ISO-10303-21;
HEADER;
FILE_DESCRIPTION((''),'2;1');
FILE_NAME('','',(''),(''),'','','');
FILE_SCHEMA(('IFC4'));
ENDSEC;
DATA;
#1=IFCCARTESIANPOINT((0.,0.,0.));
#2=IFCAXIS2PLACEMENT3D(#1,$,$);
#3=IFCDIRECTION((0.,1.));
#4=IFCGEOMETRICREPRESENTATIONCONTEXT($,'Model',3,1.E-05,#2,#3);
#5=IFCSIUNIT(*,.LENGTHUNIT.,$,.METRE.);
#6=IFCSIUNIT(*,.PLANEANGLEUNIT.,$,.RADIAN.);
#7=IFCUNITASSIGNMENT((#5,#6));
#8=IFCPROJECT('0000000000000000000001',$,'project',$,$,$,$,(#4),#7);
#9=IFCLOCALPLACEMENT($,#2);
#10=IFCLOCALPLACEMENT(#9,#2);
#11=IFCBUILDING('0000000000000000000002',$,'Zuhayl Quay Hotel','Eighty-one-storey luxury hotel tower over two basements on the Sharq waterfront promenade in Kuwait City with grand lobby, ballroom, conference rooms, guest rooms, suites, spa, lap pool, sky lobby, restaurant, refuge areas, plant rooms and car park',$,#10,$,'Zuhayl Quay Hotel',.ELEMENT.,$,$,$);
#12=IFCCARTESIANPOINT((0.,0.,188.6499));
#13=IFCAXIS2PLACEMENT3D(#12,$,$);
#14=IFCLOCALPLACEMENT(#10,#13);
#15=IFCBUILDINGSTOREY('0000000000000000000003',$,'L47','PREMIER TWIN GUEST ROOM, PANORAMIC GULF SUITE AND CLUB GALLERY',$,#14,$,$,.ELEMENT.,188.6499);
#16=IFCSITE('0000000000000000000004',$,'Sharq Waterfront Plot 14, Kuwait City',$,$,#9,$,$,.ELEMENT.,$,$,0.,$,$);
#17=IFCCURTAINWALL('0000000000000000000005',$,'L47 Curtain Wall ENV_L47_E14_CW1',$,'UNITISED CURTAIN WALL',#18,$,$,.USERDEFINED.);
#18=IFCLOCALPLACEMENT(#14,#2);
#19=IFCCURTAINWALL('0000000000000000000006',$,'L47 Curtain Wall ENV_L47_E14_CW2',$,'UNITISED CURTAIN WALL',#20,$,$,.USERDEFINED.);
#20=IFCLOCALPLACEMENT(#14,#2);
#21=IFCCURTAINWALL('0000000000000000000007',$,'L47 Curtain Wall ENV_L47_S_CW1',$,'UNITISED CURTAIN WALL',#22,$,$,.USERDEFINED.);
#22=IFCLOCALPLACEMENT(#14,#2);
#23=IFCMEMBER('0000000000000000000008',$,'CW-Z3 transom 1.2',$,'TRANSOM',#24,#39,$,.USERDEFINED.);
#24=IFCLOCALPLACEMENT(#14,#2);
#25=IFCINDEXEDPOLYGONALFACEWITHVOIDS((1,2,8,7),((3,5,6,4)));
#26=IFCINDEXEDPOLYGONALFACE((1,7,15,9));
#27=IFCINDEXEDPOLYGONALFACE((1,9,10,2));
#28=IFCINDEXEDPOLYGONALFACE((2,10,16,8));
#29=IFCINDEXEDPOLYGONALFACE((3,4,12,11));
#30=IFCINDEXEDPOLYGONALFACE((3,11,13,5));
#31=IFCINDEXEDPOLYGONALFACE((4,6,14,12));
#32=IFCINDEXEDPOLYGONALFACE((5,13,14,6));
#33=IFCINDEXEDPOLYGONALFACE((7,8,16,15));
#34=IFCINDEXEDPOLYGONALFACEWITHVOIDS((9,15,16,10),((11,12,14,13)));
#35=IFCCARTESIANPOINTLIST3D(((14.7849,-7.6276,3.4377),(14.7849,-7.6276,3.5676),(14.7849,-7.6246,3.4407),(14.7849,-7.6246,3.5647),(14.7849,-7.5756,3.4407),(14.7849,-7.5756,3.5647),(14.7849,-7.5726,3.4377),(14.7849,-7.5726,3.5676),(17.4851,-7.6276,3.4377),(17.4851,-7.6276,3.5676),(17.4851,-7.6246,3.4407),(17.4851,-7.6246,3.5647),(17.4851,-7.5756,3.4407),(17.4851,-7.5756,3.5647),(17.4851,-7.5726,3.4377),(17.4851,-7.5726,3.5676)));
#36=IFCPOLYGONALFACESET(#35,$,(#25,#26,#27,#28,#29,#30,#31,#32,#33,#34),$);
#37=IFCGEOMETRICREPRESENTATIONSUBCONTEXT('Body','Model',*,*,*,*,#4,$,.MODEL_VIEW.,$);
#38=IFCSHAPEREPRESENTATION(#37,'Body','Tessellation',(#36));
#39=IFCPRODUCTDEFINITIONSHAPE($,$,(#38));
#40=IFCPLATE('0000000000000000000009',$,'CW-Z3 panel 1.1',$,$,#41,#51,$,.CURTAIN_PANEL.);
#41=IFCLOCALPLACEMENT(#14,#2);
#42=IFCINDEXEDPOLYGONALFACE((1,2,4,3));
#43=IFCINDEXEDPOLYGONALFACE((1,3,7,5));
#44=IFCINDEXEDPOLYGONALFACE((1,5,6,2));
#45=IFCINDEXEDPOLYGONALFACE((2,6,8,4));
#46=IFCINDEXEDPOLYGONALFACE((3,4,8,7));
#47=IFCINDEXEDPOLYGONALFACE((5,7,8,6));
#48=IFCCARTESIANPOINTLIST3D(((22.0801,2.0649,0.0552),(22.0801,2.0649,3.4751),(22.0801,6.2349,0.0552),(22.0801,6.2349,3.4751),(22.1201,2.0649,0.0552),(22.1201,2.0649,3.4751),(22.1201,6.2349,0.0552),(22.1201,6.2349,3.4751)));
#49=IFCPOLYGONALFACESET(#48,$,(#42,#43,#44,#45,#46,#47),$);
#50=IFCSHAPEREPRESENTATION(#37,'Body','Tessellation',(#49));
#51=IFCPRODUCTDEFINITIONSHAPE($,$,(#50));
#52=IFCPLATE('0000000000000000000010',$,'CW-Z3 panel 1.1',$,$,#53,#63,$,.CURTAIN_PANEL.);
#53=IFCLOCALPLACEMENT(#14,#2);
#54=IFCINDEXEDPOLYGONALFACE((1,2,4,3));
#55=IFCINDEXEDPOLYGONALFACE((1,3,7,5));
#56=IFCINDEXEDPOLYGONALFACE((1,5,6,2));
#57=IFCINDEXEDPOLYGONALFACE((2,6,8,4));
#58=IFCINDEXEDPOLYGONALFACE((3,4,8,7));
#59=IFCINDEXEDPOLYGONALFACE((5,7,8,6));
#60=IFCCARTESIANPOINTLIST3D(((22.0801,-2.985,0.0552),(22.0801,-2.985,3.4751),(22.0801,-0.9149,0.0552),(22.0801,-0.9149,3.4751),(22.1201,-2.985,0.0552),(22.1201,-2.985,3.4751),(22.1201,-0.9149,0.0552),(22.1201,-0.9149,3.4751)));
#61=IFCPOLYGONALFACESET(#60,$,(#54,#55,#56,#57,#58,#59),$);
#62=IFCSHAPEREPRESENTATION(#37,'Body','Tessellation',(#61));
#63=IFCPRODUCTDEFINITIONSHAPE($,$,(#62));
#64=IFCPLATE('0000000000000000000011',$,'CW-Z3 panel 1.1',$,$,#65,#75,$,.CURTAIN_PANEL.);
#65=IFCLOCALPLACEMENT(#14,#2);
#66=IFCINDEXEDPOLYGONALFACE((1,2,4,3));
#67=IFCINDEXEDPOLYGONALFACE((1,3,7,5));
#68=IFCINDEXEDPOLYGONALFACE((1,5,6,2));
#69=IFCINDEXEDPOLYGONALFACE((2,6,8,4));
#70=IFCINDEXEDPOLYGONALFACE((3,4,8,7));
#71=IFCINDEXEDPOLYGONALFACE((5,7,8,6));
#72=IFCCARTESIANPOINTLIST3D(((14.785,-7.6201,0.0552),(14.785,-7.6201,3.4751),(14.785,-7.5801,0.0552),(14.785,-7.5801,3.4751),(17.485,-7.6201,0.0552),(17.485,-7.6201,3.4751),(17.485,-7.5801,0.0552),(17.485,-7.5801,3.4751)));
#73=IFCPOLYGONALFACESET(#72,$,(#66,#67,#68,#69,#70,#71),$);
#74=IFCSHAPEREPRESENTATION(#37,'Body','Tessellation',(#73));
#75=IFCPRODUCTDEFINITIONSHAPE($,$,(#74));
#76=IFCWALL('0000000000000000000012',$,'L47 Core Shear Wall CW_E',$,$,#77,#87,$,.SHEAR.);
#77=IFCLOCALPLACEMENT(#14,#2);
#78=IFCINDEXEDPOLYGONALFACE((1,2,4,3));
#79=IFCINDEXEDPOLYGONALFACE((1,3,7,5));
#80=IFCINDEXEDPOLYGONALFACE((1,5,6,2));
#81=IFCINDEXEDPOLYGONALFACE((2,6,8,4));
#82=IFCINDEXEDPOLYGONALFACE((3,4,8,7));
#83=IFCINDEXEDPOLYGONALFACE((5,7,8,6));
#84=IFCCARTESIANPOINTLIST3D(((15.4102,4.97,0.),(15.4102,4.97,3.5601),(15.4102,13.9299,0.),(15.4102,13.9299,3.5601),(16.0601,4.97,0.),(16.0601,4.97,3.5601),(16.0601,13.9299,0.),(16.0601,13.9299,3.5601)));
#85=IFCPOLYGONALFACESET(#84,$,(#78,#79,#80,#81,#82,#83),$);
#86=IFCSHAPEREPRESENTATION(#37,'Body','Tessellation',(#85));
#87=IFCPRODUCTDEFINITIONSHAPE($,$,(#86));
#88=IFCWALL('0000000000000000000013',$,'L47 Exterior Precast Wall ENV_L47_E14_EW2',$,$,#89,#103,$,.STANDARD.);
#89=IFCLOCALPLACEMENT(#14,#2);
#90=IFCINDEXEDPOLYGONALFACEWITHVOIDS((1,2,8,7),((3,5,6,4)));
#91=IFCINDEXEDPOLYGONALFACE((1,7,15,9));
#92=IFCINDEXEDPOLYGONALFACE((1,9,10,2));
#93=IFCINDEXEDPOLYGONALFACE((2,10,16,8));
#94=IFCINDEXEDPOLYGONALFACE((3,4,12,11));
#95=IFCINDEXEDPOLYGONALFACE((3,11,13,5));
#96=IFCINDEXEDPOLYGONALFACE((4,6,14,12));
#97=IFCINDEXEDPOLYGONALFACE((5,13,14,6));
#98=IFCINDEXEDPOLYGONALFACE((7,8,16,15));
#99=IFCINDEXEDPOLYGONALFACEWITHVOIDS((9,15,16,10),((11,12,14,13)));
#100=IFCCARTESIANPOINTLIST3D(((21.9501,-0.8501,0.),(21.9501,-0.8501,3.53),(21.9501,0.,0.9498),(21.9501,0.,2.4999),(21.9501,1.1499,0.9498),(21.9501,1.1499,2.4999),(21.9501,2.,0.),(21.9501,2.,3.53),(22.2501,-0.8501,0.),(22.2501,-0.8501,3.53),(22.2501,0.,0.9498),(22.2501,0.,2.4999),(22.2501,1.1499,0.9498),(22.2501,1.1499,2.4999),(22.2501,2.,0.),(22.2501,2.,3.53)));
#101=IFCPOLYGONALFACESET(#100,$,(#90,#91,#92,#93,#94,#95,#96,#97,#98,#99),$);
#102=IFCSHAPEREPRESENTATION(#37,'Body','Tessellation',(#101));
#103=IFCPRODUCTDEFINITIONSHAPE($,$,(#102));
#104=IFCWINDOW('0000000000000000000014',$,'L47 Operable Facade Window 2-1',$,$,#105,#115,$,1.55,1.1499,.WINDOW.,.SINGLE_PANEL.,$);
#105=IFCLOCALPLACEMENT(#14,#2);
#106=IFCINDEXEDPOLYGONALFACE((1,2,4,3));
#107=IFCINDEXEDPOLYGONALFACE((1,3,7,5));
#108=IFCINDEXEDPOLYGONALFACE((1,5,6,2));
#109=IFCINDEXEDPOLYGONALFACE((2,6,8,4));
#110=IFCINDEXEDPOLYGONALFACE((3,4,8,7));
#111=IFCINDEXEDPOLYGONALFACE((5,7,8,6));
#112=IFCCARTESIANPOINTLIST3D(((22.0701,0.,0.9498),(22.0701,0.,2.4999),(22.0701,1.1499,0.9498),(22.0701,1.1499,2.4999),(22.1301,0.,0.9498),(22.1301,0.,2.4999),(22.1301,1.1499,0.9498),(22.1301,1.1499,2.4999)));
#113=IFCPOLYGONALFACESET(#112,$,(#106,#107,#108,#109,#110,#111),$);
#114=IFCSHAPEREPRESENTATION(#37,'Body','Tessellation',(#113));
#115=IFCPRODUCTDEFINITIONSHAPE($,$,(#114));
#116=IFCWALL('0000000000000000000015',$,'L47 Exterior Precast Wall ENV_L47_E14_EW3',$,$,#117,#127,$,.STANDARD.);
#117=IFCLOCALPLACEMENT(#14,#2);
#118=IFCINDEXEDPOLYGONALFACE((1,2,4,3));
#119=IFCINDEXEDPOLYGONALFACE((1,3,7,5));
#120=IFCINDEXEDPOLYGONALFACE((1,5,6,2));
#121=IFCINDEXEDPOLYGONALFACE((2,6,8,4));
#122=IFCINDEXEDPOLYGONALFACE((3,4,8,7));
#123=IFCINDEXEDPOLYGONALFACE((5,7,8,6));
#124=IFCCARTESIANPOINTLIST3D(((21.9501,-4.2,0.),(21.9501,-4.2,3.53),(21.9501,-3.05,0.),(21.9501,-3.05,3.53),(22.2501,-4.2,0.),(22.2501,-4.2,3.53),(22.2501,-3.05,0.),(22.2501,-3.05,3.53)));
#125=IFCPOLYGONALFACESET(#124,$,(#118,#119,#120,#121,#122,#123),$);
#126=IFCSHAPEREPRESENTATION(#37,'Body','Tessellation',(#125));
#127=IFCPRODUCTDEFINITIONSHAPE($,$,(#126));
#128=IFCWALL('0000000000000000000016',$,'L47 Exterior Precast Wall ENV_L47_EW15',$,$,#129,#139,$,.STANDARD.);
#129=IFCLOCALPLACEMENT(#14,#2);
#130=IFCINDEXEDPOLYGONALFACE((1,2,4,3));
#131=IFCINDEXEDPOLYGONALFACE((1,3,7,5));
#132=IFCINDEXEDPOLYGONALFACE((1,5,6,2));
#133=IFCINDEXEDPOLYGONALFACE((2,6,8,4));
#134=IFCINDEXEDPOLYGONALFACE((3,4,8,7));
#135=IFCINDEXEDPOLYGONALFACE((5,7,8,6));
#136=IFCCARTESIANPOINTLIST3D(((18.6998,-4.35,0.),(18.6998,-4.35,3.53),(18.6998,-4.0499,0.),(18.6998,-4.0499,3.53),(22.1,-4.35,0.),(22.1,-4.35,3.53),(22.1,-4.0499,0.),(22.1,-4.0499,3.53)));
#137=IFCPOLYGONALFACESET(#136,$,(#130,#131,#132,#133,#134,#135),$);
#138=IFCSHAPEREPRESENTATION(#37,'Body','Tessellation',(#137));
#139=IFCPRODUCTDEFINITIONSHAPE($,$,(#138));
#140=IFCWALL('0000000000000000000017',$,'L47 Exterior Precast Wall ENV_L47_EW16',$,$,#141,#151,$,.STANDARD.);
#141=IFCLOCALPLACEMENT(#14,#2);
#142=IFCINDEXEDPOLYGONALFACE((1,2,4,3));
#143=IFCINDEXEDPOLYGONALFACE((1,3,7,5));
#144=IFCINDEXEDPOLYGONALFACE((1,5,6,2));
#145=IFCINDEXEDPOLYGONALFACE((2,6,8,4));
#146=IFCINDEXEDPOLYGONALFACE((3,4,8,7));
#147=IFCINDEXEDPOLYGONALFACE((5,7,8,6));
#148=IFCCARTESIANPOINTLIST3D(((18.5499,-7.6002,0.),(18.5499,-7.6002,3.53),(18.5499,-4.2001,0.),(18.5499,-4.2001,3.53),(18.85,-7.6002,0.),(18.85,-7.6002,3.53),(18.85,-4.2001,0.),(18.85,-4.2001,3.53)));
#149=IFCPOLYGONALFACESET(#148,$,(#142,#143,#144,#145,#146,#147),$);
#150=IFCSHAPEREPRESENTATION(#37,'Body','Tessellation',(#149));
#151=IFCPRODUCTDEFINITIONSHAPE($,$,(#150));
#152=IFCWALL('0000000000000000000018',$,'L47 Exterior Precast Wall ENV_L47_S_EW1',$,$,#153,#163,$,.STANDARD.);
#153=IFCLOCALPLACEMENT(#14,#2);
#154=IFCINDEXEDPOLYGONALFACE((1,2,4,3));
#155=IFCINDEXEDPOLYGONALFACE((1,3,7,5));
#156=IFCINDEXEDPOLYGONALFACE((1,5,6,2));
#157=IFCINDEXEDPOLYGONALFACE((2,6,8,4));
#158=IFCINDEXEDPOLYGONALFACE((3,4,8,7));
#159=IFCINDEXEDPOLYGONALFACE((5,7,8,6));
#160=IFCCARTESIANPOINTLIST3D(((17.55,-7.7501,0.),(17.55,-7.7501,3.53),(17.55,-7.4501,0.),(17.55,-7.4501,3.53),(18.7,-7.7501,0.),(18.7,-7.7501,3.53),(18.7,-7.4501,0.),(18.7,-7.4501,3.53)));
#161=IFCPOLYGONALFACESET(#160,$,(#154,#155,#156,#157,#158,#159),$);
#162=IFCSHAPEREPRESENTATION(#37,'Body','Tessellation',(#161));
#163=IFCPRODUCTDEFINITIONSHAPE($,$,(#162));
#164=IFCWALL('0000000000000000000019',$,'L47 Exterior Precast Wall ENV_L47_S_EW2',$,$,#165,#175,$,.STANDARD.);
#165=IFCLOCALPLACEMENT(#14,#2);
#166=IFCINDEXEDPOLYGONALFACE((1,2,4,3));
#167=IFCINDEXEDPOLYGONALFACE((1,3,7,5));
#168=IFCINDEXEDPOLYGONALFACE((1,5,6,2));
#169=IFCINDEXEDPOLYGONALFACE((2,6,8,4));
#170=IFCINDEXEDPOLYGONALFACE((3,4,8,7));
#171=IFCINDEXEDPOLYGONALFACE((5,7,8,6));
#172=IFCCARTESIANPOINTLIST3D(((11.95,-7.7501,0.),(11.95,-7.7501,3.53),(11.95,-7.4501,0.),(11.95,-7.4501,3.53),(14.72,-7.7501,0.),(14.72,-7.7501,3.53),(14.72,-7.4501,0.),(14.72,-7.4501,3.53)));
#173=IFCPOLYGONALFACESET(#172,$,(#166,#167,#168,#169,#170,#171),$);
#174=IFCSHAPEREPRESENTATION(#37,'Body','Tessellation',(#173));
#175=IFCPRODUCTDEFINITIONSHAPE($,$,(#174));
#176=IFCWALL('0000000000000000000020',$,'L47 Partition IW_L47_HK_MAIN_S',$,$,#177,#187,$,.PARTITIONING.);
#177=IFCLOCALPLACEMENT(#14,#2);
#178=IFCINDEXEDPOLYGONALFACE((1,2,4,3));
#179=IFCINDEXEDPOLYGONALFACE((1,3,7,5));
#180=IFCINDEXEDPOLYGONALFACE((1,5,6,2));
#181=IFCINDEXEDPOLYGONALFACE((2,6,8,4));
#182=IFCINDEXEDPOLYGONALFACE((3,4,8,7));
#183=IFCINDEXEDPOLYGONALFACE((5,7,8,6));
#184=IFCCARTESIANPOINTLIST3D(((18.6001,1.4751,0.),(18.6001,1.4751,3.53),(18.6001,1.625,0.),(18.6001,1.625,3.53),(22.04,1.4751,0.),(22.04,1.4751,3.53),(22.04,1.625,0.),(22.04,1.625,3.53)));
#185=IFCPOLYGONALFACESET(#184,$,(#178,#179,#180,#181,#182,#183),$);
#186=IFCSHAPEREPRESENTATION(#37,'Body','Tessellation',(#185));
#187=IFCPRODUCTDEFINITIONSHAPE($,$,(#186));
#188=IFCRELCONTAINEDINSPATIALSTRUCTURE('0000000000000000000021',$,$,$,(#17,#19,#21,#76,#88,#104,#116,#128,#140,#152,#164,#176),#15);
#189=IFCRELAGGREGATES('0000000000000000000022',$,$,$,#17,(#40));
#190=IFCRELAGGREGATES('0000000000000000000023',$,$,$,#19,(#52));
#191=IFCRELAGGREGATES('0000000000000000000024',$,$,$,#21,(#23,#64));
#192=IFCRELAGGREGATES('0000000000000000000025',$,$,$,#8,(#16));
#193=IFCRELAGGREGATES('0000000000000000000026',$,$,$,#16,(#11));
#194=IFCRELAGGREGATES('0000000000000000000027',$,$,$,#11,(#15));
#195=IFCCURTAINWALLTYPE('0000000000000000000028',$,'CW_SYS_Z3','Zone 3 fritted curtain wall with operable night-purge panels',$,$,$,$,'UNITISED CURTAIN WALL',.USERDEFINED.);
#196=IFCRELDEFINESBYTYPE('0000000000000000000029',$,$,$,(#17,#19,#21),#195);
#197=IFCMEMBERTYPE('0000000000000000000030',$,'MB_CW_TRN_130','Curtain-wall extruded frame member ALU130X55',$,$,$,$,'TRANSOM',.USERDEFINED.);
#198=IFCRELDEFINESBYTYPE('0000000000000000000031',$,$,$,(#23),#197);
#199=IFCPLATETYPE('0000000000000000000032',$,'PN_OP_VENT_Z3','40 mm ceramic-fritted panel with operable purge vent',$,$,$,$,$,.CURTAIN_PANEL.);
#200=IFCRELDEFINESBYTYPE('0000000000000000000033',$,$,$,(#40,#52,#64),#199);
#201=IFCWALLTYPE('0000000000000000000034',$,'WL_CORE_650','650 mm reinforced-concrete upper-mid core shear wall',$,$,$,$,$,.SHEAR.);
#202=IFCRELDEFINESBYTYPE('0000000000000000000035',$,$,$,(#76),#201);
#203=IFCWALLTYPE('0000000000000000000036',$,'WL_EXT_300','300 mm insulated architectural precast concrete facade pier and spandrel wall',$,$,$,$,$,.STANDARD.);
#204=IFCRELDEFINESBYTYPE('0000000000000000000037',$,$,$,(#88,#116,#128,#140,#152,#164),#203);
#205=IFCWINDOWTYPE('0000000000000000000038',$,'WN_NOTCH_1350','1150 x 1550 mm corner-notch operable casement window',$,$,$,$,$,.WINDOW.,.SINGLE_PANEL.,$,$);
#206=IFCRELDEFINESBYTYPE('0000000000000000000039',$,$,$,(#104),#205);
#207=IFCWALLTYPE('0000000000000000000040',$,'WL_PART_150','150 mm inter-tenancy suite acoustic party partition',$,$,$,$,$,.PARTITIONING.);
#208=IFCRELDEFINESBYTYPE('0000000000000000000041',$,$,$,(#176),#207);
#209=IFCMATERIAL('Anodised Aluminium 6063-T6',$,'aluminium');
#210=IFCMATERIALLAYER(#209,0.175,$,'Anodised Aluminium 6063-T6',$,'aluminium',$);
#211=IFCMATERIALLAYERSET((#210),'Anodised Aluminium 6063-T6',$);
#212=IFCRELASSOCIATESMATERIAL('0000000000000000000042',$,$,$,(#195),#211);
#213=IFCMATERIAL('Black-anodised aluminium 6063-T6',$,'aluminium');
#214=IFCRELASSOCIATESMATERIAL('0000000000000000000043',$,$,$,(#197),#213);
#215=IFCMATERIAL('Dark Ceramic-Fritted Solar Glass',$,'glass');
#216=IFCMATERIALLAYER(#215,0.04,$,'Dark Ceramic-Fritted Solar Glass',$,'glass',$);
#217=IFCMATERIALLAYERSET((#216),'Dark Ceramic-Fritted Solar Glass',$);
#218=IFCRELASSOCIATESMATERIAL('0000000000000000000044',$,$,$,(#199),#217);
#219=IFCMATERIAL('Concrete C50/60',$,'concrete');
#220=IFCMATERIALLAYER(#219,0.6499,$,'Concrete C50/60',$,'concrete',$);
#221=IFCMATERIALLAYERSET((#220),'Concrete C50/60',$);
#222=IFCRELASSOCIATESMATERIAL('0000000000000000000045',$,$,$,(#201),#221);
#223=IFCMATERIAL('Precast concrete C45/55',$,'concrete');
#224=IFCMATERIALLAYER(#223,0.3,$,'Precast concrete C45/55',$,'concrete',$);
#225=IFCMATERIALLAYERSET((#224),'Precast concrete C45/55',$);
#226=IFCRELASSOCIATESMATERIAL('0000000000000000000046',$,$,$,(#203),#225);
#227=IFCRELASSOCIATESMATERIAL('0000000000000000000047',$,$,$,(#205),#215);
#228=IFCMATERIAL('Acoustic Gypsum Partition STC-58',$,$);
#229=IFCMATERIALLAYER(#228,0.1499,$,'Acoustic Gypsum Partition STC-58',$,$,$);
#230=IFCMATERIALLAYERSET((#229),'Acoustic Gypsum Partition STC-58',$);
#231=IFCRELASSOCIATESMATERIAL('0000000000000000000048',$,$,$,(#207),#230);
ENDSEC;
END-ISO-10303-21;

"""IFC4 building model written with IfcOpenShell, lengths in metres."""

from ifc_helpers import new_model, si_unit, direction, frame, frame_2d, origin, origin_2d, place, context, subcontext, project, spatial, rectangle, hollow_rectangle, extrude, material, layer, layer_set, material_profile, profile_set, type_object, element, fill, aggregate, save


model = new_model("IFC4")

# Units and contexts
model_context = context("Model", 3, precision=1e-05, world=origin(), true_north=direction((0.0, 1.0)))
body_context = subcontext(model_context, "Body", "Model", "MODEL_VIEW")
ifc_project = project(units=[si_unit("LENGTHUNIT", "METRE"), si_unit("PLANEANGLEUNIT", "RADIAN")], contexts=[model_context])

# Site, building, storey
site_placement = place(None, origin())
site = spatial("IfcSite", under=ifc_project, at=site_placement, Name="Sharq Waterfront Plot 14, Kuwait City", CompositionType="ELEMENT", RefElevation=0.0)
building_placement = place(site_placement, origin())
building = spatial("IfcBuilding", under=site, at=building_placement, Name="Zuhayl Quay Hotel", Description="Eighty-one-storey luxury hotel tower over two basements on the Sharq waterfront promenade in Kuwait City with grand lobby, ballroom, conference rooms, guest rooms, suites, spa, lap pool, sky lobby, restaurant, refuge areas, plant rooms and car park", LongName="Zuhayl Quay Hotel", CompositionType="ELEMENT")
storey_placement = place(building_placement, frame((0.0, 0.0, 188.6499)))
storey = spatial("IfcBuildingStorey", under=building, at=storey_placement, Name="L47", Description="PREMIER TWIN GUEST ROOM, PANORAMIC GULF SUITE AND CLUB GALLERY", CompositionType="ELEMENT", Elevation=188.6499)

# Curtain walls
ifc_material_1 = material(Name="Anodised Aluminium 6063-T6", Category="aluminium")
ifc_layer_1 = layer(ifc_material_1, 0.175, Name="Anodised Aluminium 6063-T6", Category="aluminium")
ifc_layer_set_1 = layer_set([ifc_layer_1], Name="Anodised Aluminium 6063-T6")
curtain_wall_type = type_object("IfcCurtainWallType", Name="CW_SYS_Z3", Description="Zone 3 fritted curtain wall with operable night-purge panels", ElementType="UNITISED CURTAIN WALL", PredefinedType="USERDEFINED", material=ifc_layer_set_1)
curtain_wall_1_placement = place(storey_placement, origin())
curtain_wall_1 = element("IfcCurtainWall", 1, at=curtain_wall_1_placement, inside=storey, type_object=curtain_wall_type, Name="L47 Curtain Wall ENV_L47_E14_CW1", ObjectType="UNITISED CURTAIN WALL", PredefinedType="USERDEFINED")
ifc_material_2 = material(Name="Black-anodised aluminium 6063-T6", Category="aluminium")
curtain_wall_2_placement = place(storey_placement, origin())
curtain_wall_2 = element("IfcCurtainWall", 2, at=curtain_wall_2_placement, inside=storey, type_object=curtain_wall_type, Name="L47 Curtain Wall ENV_L47_E14_CW2", ObjectType="UNITISED CURTAIN WALL", PredefinedType="USERDEFINED")
curtain_wall_3_placement = place(storey_placement, origin())
curtain_wall_3 = element("IfcCurtainWall", 3, at=curtain_wall_3_placement, inside=storey, type_object=curtain_wall_type, Name="L47 Curtain Wall ENV_L47_S_CW1", ObjectType="UNITISED CURTAIN WALL", PredefinedType="USERDEFINED")

# Member
ifc_material_profile_1 = material_profile(ifc_material_2, hollow_rectangle(XDim=0.0549, YDim=0.1299, WallThickness=0.0029, at=origin_2d()), Name="ALU130X55")
ifc_profile_set_1 = profile_set([ifc_material_profile_1], Name="Black-anodised aluminium 6063-T6")
member_type_1 = type_object("IfcMemberType", Name="MB_CW_TRN_130", Description="Curtain-wall extruded frame member ALU130X55", ElementType="TRANSOM", PredefinedType="USERDEFINED", material=ifc_profile_set_1)
member_1_placement = place(storey_placement, frame((17.4851, -7.6001, 3.5027), z_axis=(-1.0, 0.0, 0.0), x_axis=(0.0, -1.0, 0.0)))
member_1 = element("IfcMember", 4, at=member_1_placement, type_object=member_type_1, Name="CW-Z3 transom 1.2", ObjectType="TRANSOM", PredefinedType="USERDEFINED", context=body_context, shape_type="SweptSolid", body=[
    extrude(hollow_rectangle(XDim=0.0549, YDim=0.1299, WallThickness=0.0029, at=origin_2d()), origin(), (0.0, 0.0, 1.0), 2.7002),
])

# Plates
ifc_material_3 = material(Name="Dark Ceramic-Fritted Solar Glass", Category="glass")
ifc_layer_2 = layer(ifc_material_3, 0.04, Name="Dark Ceramic-Fritted Solar Glass", Category="glass")
ifc_layer_set_2 = layer_set([ifc_layer_2], Name="Dark Ceramic-Fritted Solar Glass")
plate_type = type_object("IfcPlateType", Name="PN_OP_VENT_Z3", Description="40 mm ceramic-fritted panel with operable purge vent", PredefinedType="CURTAIN_PANEL", material=ifc_layer_set_2)
plate_1_placement = place(storey_placement, frame((22.1001, 4.1499, 0.0552), z_axis=(0.0, 0.0, 1.0), x_axis=(0.0, -1.0, 0.0)))
plate_1 = element("IfcPlate", 5, at=plate_1_placement, type_object=plate_type, Name="CW-Z3 panel 1.1", PredefinedType="CURTAIN_PANEL", context=body_context, shape_type="SweptSolid", body=[
    extrude(rectangle(XDim=4.1699, YDim=0.04, at=origin_2d()), origin(), (0.0, 0.0, 1.0), 3.4199),
])
aggregate(curtain_wall_1, [plate_1])
plate_2_placement = place(storey_placement, frame((22.1001, -1.95, 0.0552), z_axis=(0.0, 0.0, 1.0), x_axis=(0.0, -1.0, 0.0)))
plate_2 = element("IfcPlate", 6, at=plate_2_placement, type_object=plate_type, Name="CW-Z3 panel 1.1", PredefinedType="CURTAIN_PANEL", context=body_context, shape_type="SweptSolid", body=[
    extrude(rectangle(XDim=2.0701, YDim=0.04, at=origin_2d()), origin(), (0.0, 0.0, 1.0), 3.4199),
])
aggregate(curtain_wall_2, [plate_2])
plate_3_placement = place(storey_placement, frame((16.135, -7.6001, 0.0552), z_axis=(0.0, 0.0, 1.0), x_axis=(-1.0, 0.0, 0.0)))
plate_3 = element("IfcPlate", 7, at=plate_3_placement, type_object=plate_type, Name="CW-Z3 panel 1.1", PredefinedType="CURTAIN_PANEL", context=body_context, shape_type="SweptSolid", body=[
    extrude(rectangle(XDim=2.7, YDim=0.04, at=origin_2d()), origin(), (0.0, 0.0, 1.0), 3.4199),
])
aggregate(curtain_wall_3, [member_1, plate_3])

# Wall
ifc_material_4 = material(Name="Concrete C50/60", Category="concrete")
ifc_layer_3 = layer(ifc_material_4, 0.6499, Name="Concrete C50/60", Category="concrete")
ifc_layer_set_3 = layer_set([ifc_layer_3], Name="Concrete C50/60")
wall_type_1 = type_object("IfcWallType", Name="WL_CORE_650", Description="650 mm reinforced-concrete upper-mid core shear wall", PredefinedType="SHEAR", material=ifc_layer_set_3)
wall_1_placement = place(storey_placement, frame((15.7351, 4.97, 0.0), z_axis=(0.0, 0.0, 1.0), x_axis=(0.0, 1.0, 0.0)))
element("IfcWall", 8, at=wall_1_placement, inside=storey, type_object=wall_type_1, Name="L47 Core Shear Wall CW_E", PredefinedType="SHEAR", context=body_context, shape_type="SweptSolid", body=[
    extrude(rectangle(XDim=8.96, YDim=0.6499, at=frame_2d((4.48, 0.0))), origin(), (0.0, 0.0, 1.0), 3.5601),
])

# Wall, opening, window
ifc_material_5 = material(Name="Precast concrete C45/55", Category="concrete")
ifc_layer_4 = layer(ifc_material_5, 0.3, Name="Precast concrete C45/55", Category="concrete")
ifc_layer_set_4 = layer_set([ifc_layer_4], Name="Precast concrete C45/55")
wall_type_2 = type_object("IfcWallType", Name="WL_EXT_300", Description="300 mm insulated architectural precast concrete facade pier and spandrel wall", PredefinedType="STANDARD", material=ifc_layer_set_4)
wall_2_placement = place(storey_placement, frame((22.1001, 2.0, 0.0), z_axis=(0.0, 0.0, 1.0), x_axis=(0.0, -1.0, 0.0)))
wall_2 = element("IfcWall", 9, at=wall_2_placement, inside=storey, type_object=wall_type_2, Name="L47 Exterior Precast Wall ENV_L47_E14_EW2", PredefinedType="STANDARD", context=body_context, shape_type="SweptSolid", body=[
    extrude(rectangle(XDim=2.8501, YDim=0.3, at=frame_2d((1.425, 0.0))), origin(), (0.0, 0.0, 1.0), 3.53),
])
opening_1_placement = place(wall_2_placement, frame((0.8501, 0.0, 0.95)))
opening_1 = element("IfcOpeningElement", 10, at=opening_1_placement, cuts=wall_2, PredefinedType="OPENING", context=body_context, shape_type="SweptSolid", body=[
    extrude(rectangle(XDim=1.1499, YDim=1.55, at=frame_2d((0.575, 0.7749))), frame((0.0, 0.1599, 0.0), z_axis=(0.0, -1.0, 0.0), x_axis=(1.0, 0.0, 0.0)), (0.0, 0.0, 1.0), 0.3201),
])
window_type = type_object("IfcWindowType", Name="WN_NOTCH_1350", Description="1150 x 1550 mm corner-notch operable casement window", PartitioningType="SINGLE_PANEL", PredefinedType="WINDOW", material=ifc_material_3)
window_placement = place(opening_1_placement, origin())
window = element("IfcWindow", 11, at=window_placement, inside=storey, type_object=window_type, Name="L47 Operable Facade Window 2-1", OverallHeight=1.55, OverallWidth=1.1499, PartitioningType="SINGLE_PANEL", PredefinedType="WINDOW", context=body_context, shape_type="SweptSolid", body=[
    extrude(rectangle(XDim=1.1499, YDim=1.55, at=frame_2d((0.575, 0.7749))), frame((0.0, 0.03, 0.0), z_axis=(0.0, -1.0, 0.0), x_axis=(1.0, 0.0, 0.0)), (0.0, 0.0, 1.0), 0.0601),
])
fill(opening_1, window)

# Walls
wall_3_placement = place(storey_placement, frame((22.1001, -3.05, 0.0), z_axis=(0.0, 0.0, 1.0), x_axis=(0.0, -1.0, 0.0)))
element("IfcWall", 12, at=wall_3_placement, inside=storey, type_object=wall_type_2, Name="L47 Exterior Precast Wall ENV_L47_E14_EW3", PredefinedType="STANDARD", context=body_context, shape_type="SweptSolid", body=[
    extrude(rectangle(XDim=1.1499, YDim=0.3, at=frame_2d((0.575, 0.0))), origin(), (0.0, 0.0, 1.0), 3.53),
])
for number, where, z_axis, x_axis, name in (
    (13, (22.1001, -4.2, 0.0), (0.0, 0.0, 1.0), (-1.0, 0.0, 0.0), "L47 Exterior Precast Wall ENV_L47_EW15"),
    (14, (18.7, -4.2, 0.0), (0.0, 0.0, 1.0), (0.0, -1.0, 0.0), "L47 Exterior Precast Wall ENV_L47_EW16"),
):
    element("IfcWall", number, at=place(storey_placement, frame(where, z_axis=z_axis, x_axis=x_axis)), inside=storey, type_object=wall_type_2, Name=name, PredefinedType="STANDARD", context=body_context, shape_type="SweptSolid", body=[
        extrude(rectangle(XDim=3.4001, YDim=0.3, at=frame_2d((1.7002, 0.0))), origin(), (0.0, 0.0, 1.0), 3.53),
    ])
wall_4_placement = place(storey_placement, frame((18.7, -7.6001, 0.0), z_axis=(0.0, 0.0, 1.0), x_axis=(-1.0, 0.0, 0.0)))
element("IfcWall", 15, at=wall_4_placement, inside=storey, type_object=wall_type_2, Name="L47 Exterior Precast Wall ENV_L47_S_EW1", PredefinedType="STANDARD", context=body_context, shape_type="SweptSolid", body=[
    extrude(rectangle(XDim=1.1499, YDim=0.3, at=frame_2d((0.575, 0.0))), origin(), (0.0, 0.0, 1.0), 3.53),
])
wall_5_placement = place(storey_placement, frame((14.72, -7.6001, 0.0), z_axis=(0.0, 0.0, 1.0), x_axis=(-1.0, 0.0, 0.0)))
element("IfcWall", 16, at=wall_5_placement, inside=storey, type_object=wall_type_2, Name="L47 Exterior Precast Wall ENV_L47_S_EW2", PredefinedType="STANDARD", context=body_context, shape_type="SweptSolid", body=[
    extrude(rectangle(XDim=2.77, YDim=0.3, at=frame_2d((1.385, 0.0))), origin(), (0.0, 0.0, 1.0), 3.53),
])
ifc_material_6 = material(Name="Acoustic Gypsum Partition STC-58")
ifc_layer_5 = layer(ifc_material_6, 0.1499, Name="Acoustic Gypsum Partition STC-58")
ifc_layer_set_5 = layer_set([ifc_layer_5], Name="Acoustic Gypsum Partition STC-58")
wall_type_3 = type_object("IfcWallType", Name="WL_PART_150", Description="150 mm inter-tenancy suite acoustic party partition", PredefinedType="PARTITIONING", material=ifc_layer_set_5)
wall_6_placement = place(storey_placement, frame((18.6001, 1.55, 0.0), z_axis=(0.0, 0.0, 1.0), x_axis=(1.0, 0.0, 0.0)))
element("IfcWall", 17, at=wall_6_placement, inside=storey, type_object=wall_type_3, Name="L47 Partition IW_L47_HK_MAIN_S", PredefinedType="PARTITIONING", context=body_context, shape_type="SweptSolid", body=[
    extrude(rectangle(XDim=3.4399, YDim=0.1499, at=frame_2d((1.72, 0.0))), origin(), (0.0, 0.0, 1.0), 3.53),
])

save(model, "model.ifc")
